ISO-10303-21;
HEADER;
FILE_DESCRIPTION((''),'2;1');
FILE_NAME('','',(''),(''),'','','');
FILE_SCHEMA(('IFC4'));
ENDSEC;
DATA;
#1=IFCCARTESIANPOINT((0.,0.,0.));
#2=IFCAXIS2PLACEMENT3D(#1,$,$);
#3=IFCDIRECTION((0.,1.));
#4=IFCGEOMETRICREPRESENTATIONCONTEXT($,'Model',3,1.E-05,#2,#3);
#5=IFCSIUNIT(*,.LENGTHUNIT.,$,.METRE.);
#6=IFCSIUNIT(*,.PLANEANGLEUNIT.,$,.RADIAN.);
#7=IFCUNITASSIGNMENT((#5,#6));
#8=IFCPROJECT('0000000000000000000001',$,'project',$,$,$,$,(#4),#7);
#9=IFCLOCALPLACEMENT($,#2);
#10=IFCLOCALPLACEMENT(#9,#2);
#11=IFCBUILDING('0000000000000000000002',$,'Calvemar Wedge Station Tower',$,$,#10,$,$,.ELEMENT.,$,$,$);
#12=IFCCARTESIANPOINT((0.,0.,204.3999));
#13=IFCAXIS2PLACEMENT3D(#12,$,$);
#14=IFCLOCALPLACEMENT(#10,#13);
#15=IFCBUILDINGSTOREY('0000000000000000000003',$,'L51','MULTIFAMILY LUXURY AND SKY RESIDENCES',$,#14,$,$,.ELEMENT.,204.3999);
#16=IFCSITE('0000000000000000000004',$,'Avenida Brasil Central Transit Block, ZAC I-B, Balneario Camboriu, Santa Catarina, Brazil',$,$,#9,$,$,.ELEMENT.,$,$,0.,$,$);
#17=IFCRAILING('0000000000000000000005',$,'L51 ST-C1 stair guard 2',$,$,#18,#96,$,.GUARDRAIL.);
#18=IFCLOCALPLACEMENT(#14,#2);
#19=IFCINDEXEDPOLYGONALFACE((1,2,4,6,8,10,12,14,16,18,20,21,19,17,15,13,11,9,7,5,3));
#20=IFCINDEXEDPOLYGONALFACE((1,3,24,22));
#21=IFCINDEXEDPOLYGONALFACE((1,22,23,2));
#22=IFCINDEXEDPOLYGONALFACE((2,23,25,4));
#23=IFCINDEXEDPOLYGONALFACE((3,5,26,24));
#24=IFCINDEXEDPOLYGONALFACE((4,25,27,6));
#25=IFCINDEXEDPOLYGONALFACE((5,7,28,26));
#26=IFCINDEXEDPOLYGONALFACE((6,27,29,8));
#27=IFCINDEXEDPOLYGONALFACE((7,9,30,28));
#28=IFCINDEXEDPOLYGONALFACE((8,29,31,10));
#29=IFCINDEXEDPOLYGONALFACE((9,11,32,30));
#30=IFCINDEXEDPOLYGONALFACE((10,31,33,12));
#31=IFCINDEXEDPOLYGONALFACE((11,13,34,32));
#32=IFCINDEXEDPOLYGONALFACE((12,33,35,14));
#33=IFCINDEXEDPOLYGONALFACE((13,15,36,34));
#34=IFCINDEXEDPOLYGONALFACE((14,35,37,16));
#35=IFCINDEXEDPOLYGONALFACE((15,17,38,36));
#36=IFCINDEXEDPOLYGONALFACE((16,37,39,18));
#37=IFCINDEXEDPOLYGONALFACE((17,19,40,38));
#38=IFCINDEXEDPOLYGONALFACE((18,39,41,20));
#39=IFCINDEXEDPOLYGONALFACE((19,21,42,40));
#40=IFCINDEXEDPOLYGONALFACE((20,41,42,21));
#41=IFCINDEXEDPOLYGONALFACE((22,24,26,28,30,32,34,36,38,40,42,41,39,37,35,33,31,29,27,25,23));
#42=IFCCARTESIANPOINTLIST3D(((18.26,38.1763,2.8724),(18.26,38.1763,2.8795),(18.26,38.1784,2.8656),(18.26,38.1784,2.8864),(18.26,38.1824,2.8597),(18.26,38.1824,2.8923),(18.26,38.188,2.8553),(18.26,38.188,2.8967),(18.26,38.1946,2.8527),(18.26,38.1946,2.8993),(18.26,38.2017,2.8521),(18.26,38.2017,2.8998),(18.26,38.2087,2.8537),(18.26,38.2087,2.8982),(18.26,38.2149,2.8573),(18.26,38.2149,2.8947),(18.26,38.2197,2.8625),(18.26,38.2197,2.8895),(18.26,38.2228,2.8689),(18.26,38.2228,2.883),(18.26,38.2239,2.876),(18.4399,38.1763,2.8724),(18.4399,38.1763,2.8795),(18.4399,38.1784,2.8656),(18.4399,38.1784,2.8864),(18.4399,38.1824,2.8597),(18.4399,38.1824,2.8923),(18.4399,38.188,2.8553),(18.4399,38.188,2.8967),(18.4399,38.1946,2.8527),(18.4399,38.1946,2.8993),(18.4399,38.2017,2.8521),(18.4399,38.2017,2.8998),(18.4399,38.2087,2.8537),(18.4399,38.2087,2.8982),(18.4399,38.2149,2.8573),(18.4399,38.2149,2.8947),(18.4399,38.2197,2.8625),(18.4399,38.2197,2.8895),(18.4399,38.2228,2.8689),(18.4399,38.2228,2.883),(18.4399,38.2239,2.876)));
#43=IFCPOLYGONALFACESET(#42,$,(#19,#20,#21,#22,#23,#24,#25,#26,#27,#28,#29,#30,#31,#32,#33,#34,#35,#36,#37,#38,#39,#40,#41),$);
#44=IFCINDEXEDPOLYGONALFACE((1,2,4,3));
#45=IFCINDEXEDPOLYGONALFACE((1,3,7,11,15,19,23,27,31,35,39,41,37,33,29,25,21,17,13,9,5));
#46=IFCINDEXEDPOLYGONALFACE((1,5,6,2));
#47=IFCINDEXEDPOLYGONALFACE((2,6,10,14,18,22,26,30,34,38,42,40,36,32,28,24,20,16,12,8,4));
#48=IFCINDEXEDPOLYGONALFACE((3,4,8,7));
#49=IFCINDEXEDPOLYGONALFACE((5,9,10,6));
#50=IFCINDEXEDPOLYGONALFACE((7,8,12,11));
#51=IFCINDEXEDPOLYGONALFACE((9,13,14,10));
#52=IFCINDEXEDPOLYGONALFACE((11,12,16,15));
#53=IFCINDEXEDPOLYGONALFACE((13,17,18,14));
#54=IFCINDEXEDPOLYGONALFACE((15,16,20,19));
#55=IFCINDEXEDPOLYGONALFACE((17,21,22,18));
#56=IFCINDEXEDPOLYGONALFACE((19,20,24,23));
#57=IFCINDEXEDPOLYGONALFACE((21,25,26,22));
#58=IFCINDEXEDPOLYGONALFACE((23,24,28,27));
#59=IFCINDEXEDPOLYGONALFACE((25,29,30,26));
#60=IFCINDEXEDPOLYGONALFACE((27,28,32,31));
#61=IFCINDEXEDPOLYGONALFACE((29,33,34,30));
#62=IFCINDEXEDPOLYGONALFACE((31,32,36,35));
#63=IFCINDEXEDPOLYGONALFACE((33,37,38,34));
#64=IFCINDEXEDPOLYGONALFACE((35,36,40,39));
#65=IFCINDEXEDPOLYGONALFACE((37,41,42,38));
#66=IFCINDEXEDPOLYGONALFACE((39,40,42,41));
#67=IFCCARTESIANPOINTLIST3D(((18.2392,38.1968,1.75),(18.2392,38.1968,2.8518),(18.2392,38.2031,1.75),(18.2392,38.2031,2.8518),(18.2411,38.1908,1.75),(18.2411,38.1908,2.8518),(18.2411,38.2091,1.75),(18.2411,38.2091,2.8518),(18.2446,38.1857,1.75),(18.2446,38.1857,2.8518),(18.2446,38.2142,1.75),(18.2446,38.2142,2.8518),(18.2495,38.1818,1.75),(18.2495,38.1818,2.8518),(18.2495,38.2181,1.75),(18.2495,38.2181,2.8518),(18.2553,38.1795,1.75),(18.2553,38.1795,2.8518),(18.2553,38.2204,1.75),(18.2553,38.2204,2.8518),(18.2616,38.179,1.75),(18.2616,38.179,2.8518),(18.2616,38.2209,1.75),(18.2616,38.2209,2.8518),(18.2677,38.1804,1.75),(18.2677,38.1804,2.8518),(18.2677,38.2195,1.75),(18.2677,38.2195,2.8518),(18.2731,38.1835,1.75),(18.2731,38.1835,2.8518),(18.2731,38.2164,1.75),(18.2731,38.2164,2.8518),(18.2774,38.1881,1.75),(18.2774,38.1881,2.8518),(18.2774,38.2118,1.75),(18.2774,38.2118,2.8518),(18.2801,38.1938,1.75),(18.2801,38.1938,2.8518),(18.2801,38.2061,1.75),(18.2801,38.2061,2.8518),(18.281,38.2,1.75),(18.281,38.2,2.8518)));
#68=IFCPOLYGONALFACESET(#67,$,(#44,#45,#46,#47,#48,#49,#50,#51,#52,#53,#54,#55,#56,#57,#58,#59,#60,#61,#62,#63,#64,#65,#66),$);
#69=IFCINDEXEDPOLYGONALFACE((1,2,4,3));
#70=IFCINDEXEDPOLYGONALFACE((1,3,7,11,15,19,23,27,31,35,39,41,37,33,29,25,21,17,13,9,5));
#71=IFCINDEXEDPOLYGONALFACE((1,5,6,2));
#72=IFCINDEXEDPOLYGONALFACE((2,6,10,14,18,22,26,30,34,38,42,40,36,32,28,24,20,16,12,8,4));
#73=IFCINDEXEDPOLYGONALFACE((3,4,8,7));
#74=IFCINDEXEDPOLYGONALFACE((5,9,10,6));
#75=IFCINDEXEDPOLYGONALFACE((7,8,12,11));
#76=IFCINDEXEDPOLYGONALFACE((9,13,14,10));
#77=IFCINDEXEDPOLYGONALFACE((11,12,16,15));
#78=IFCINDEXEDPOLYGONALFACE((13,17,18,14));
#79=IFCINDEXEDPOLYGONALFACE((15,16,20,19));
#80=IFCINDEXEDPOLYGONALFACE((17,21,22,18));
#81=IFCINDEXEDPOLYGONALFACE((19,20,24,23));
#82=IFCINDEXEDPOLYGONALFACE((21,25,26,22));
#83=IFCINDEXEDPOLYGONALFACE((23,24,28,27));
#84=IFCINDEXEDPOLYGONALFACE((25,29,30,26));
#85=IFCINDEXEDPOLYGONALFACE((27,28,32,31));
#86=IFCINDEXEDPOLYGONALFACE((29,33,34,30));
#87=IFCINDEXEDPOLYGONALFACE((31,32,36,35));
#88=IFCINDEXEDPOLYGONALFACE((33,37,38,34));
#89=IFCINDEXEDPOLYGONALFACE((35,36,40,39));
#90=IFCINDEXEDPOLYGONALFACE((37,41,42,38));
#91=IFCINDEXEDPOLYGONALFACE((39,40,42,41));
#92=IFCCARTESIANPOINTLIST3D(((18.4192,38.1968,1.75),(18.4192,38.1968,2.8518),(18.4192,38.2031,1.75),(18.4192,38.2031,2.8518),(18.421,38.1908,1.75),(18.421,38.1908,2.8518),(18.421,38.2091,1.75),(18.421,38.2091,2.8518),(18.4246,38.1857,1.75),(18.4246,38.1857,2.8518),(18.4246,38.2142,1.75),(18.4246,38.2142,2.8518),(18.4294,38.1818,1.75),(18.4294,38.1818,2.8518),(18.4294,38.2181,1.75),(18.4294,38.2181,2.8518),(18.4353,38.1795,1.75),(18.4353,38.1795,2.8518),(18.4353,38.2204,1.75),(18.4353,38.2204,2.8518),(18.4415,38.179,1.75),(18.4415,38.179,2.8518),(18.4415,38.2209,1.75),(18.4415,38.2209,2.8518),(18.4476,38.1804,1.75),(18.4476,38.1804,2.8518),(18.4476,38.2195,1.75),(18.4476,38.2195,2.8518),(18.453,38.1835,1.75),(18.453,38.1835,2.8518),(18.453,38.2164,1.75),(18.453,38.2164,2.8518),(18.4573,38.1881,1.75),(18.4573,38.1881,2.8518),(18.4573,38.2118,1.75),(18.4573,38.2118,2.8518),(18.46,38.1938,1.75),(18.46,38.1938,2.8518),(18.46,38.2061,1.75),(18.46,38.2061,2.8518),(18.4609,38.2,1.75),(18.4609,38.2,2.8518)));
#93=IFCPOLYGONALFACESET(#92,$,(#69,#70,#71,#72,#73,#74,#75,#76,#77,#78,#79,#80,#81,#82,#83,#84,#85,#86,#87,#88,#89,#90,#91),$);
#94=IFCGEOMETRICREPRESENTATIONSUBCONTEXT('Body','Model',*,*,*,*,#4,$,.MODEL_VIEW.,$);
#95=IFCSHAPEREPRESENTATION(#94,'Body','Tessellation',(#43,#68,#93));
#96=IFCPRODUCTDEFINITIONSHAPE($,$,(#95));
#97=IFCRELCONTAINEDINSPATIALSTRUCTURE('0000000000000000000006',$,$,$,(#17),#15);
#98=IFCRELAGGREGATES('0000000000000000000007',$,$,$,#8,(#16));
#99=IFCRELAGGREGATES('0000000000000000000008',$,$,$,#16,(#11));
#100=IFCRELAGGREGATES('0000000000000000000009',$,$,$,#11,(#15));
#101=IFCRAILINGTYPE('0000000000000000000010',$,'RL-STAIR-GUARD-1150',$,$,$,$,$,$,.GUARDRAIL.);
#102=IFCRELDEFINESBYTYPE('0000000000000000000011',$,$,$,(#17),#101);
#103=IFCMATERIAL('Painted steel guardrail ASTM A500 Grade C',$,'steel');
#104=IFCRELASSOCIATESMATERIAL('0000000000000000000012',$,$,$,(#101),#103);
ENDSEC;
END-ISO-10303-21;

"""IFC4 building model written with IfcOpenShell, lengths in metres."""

from ifc_helpers import new_model, si_unit, direction, frame, origin, origin_2d, place, context, subcontext, project, spatial, circle, extrude, material, type_object, element, save


model = new_model("IFC4")

# Units and contexts
model_context = context("Model", 3, precision=1e-05, world=origin(), true_north=direction((0.0, 1.0)))
body_context = subcontext(model_context, "Body", "Model", "MODEL_VIEW")
ifc_project = project(units=[si_unit("LENGTHUNIT", "METRE"), si_unit("PLANEANGLEUNIT", "RADIAN")], contexts=[model_context])

# Site, building, storey
site_placement = place(None, origin())
site = spatial("IfcSite", under=ifc_project, at=site_placement, Name="Avenida Brasil Central Transit Block, ZAC I-B, Balneario Camboriu, Santa Catarina, Brazil", CompositionType="ELEMENT", RefElevation=0.0)
building_placement = place(site_placement, origin())
building = spatial("IfcBuilding", under=site, at=building_placement, Name="Calvemar Wedge Station Tower", CompositionType="ELEMENT")
storey_placement = place(building_placement, frame((0.0, 0.0, 204.3999)))
storey = spatial("IfcBuildingStorey", under=building, at=storey_placement, Name="L51", Description="MULTIFAMILY LUXURY AND SKY RESIDENCES", CompositionType="ELEMENT", Elevation=204.3999)

# Railing
ifc_material_1 = material(Name="Painted steel guardrail ASTM A500 Grade C", Category="steel")
railing_type_1 = type_object("IfcRailingType", Name="RL-STAIR-GUARD-1150", PredefinedType="GUARDRAIL", material=ifc_material_1)
railing_1_placement = place(storey_placement, frame((18.26, 38.2, 1.75)))
element("IfcRailing", 1, at=railing_1_placement, inside=storey, type_object=railing_type_1, Name="L51 ST-C1 stair guard 2", PredefinedType="GUARDRAIL", context=body_context, shape_type="SweptSolid", body=[
    extrude(circle(Radius=0.0239, at=origin_2d()), frame((0.0, 0.0, 1.126), z_axis=(1.0, 0.0, 0.0), x_axis=(0.0, 1.0, 0.0)), (0.0, 0.0, 1.0), 0.1799),
    extrude(circle(Radius=0.021, at=origin_2d()), origin(), (0.0, 0.0, 1.0), 1.1018),
    extrude(circle(Radius=0.021, at=origin_2d()), frame((0.1799, 0.0, 0.0)), (0.0, 0.0, 1.0), 1.1018),
])

save(model, "model.ifc")
